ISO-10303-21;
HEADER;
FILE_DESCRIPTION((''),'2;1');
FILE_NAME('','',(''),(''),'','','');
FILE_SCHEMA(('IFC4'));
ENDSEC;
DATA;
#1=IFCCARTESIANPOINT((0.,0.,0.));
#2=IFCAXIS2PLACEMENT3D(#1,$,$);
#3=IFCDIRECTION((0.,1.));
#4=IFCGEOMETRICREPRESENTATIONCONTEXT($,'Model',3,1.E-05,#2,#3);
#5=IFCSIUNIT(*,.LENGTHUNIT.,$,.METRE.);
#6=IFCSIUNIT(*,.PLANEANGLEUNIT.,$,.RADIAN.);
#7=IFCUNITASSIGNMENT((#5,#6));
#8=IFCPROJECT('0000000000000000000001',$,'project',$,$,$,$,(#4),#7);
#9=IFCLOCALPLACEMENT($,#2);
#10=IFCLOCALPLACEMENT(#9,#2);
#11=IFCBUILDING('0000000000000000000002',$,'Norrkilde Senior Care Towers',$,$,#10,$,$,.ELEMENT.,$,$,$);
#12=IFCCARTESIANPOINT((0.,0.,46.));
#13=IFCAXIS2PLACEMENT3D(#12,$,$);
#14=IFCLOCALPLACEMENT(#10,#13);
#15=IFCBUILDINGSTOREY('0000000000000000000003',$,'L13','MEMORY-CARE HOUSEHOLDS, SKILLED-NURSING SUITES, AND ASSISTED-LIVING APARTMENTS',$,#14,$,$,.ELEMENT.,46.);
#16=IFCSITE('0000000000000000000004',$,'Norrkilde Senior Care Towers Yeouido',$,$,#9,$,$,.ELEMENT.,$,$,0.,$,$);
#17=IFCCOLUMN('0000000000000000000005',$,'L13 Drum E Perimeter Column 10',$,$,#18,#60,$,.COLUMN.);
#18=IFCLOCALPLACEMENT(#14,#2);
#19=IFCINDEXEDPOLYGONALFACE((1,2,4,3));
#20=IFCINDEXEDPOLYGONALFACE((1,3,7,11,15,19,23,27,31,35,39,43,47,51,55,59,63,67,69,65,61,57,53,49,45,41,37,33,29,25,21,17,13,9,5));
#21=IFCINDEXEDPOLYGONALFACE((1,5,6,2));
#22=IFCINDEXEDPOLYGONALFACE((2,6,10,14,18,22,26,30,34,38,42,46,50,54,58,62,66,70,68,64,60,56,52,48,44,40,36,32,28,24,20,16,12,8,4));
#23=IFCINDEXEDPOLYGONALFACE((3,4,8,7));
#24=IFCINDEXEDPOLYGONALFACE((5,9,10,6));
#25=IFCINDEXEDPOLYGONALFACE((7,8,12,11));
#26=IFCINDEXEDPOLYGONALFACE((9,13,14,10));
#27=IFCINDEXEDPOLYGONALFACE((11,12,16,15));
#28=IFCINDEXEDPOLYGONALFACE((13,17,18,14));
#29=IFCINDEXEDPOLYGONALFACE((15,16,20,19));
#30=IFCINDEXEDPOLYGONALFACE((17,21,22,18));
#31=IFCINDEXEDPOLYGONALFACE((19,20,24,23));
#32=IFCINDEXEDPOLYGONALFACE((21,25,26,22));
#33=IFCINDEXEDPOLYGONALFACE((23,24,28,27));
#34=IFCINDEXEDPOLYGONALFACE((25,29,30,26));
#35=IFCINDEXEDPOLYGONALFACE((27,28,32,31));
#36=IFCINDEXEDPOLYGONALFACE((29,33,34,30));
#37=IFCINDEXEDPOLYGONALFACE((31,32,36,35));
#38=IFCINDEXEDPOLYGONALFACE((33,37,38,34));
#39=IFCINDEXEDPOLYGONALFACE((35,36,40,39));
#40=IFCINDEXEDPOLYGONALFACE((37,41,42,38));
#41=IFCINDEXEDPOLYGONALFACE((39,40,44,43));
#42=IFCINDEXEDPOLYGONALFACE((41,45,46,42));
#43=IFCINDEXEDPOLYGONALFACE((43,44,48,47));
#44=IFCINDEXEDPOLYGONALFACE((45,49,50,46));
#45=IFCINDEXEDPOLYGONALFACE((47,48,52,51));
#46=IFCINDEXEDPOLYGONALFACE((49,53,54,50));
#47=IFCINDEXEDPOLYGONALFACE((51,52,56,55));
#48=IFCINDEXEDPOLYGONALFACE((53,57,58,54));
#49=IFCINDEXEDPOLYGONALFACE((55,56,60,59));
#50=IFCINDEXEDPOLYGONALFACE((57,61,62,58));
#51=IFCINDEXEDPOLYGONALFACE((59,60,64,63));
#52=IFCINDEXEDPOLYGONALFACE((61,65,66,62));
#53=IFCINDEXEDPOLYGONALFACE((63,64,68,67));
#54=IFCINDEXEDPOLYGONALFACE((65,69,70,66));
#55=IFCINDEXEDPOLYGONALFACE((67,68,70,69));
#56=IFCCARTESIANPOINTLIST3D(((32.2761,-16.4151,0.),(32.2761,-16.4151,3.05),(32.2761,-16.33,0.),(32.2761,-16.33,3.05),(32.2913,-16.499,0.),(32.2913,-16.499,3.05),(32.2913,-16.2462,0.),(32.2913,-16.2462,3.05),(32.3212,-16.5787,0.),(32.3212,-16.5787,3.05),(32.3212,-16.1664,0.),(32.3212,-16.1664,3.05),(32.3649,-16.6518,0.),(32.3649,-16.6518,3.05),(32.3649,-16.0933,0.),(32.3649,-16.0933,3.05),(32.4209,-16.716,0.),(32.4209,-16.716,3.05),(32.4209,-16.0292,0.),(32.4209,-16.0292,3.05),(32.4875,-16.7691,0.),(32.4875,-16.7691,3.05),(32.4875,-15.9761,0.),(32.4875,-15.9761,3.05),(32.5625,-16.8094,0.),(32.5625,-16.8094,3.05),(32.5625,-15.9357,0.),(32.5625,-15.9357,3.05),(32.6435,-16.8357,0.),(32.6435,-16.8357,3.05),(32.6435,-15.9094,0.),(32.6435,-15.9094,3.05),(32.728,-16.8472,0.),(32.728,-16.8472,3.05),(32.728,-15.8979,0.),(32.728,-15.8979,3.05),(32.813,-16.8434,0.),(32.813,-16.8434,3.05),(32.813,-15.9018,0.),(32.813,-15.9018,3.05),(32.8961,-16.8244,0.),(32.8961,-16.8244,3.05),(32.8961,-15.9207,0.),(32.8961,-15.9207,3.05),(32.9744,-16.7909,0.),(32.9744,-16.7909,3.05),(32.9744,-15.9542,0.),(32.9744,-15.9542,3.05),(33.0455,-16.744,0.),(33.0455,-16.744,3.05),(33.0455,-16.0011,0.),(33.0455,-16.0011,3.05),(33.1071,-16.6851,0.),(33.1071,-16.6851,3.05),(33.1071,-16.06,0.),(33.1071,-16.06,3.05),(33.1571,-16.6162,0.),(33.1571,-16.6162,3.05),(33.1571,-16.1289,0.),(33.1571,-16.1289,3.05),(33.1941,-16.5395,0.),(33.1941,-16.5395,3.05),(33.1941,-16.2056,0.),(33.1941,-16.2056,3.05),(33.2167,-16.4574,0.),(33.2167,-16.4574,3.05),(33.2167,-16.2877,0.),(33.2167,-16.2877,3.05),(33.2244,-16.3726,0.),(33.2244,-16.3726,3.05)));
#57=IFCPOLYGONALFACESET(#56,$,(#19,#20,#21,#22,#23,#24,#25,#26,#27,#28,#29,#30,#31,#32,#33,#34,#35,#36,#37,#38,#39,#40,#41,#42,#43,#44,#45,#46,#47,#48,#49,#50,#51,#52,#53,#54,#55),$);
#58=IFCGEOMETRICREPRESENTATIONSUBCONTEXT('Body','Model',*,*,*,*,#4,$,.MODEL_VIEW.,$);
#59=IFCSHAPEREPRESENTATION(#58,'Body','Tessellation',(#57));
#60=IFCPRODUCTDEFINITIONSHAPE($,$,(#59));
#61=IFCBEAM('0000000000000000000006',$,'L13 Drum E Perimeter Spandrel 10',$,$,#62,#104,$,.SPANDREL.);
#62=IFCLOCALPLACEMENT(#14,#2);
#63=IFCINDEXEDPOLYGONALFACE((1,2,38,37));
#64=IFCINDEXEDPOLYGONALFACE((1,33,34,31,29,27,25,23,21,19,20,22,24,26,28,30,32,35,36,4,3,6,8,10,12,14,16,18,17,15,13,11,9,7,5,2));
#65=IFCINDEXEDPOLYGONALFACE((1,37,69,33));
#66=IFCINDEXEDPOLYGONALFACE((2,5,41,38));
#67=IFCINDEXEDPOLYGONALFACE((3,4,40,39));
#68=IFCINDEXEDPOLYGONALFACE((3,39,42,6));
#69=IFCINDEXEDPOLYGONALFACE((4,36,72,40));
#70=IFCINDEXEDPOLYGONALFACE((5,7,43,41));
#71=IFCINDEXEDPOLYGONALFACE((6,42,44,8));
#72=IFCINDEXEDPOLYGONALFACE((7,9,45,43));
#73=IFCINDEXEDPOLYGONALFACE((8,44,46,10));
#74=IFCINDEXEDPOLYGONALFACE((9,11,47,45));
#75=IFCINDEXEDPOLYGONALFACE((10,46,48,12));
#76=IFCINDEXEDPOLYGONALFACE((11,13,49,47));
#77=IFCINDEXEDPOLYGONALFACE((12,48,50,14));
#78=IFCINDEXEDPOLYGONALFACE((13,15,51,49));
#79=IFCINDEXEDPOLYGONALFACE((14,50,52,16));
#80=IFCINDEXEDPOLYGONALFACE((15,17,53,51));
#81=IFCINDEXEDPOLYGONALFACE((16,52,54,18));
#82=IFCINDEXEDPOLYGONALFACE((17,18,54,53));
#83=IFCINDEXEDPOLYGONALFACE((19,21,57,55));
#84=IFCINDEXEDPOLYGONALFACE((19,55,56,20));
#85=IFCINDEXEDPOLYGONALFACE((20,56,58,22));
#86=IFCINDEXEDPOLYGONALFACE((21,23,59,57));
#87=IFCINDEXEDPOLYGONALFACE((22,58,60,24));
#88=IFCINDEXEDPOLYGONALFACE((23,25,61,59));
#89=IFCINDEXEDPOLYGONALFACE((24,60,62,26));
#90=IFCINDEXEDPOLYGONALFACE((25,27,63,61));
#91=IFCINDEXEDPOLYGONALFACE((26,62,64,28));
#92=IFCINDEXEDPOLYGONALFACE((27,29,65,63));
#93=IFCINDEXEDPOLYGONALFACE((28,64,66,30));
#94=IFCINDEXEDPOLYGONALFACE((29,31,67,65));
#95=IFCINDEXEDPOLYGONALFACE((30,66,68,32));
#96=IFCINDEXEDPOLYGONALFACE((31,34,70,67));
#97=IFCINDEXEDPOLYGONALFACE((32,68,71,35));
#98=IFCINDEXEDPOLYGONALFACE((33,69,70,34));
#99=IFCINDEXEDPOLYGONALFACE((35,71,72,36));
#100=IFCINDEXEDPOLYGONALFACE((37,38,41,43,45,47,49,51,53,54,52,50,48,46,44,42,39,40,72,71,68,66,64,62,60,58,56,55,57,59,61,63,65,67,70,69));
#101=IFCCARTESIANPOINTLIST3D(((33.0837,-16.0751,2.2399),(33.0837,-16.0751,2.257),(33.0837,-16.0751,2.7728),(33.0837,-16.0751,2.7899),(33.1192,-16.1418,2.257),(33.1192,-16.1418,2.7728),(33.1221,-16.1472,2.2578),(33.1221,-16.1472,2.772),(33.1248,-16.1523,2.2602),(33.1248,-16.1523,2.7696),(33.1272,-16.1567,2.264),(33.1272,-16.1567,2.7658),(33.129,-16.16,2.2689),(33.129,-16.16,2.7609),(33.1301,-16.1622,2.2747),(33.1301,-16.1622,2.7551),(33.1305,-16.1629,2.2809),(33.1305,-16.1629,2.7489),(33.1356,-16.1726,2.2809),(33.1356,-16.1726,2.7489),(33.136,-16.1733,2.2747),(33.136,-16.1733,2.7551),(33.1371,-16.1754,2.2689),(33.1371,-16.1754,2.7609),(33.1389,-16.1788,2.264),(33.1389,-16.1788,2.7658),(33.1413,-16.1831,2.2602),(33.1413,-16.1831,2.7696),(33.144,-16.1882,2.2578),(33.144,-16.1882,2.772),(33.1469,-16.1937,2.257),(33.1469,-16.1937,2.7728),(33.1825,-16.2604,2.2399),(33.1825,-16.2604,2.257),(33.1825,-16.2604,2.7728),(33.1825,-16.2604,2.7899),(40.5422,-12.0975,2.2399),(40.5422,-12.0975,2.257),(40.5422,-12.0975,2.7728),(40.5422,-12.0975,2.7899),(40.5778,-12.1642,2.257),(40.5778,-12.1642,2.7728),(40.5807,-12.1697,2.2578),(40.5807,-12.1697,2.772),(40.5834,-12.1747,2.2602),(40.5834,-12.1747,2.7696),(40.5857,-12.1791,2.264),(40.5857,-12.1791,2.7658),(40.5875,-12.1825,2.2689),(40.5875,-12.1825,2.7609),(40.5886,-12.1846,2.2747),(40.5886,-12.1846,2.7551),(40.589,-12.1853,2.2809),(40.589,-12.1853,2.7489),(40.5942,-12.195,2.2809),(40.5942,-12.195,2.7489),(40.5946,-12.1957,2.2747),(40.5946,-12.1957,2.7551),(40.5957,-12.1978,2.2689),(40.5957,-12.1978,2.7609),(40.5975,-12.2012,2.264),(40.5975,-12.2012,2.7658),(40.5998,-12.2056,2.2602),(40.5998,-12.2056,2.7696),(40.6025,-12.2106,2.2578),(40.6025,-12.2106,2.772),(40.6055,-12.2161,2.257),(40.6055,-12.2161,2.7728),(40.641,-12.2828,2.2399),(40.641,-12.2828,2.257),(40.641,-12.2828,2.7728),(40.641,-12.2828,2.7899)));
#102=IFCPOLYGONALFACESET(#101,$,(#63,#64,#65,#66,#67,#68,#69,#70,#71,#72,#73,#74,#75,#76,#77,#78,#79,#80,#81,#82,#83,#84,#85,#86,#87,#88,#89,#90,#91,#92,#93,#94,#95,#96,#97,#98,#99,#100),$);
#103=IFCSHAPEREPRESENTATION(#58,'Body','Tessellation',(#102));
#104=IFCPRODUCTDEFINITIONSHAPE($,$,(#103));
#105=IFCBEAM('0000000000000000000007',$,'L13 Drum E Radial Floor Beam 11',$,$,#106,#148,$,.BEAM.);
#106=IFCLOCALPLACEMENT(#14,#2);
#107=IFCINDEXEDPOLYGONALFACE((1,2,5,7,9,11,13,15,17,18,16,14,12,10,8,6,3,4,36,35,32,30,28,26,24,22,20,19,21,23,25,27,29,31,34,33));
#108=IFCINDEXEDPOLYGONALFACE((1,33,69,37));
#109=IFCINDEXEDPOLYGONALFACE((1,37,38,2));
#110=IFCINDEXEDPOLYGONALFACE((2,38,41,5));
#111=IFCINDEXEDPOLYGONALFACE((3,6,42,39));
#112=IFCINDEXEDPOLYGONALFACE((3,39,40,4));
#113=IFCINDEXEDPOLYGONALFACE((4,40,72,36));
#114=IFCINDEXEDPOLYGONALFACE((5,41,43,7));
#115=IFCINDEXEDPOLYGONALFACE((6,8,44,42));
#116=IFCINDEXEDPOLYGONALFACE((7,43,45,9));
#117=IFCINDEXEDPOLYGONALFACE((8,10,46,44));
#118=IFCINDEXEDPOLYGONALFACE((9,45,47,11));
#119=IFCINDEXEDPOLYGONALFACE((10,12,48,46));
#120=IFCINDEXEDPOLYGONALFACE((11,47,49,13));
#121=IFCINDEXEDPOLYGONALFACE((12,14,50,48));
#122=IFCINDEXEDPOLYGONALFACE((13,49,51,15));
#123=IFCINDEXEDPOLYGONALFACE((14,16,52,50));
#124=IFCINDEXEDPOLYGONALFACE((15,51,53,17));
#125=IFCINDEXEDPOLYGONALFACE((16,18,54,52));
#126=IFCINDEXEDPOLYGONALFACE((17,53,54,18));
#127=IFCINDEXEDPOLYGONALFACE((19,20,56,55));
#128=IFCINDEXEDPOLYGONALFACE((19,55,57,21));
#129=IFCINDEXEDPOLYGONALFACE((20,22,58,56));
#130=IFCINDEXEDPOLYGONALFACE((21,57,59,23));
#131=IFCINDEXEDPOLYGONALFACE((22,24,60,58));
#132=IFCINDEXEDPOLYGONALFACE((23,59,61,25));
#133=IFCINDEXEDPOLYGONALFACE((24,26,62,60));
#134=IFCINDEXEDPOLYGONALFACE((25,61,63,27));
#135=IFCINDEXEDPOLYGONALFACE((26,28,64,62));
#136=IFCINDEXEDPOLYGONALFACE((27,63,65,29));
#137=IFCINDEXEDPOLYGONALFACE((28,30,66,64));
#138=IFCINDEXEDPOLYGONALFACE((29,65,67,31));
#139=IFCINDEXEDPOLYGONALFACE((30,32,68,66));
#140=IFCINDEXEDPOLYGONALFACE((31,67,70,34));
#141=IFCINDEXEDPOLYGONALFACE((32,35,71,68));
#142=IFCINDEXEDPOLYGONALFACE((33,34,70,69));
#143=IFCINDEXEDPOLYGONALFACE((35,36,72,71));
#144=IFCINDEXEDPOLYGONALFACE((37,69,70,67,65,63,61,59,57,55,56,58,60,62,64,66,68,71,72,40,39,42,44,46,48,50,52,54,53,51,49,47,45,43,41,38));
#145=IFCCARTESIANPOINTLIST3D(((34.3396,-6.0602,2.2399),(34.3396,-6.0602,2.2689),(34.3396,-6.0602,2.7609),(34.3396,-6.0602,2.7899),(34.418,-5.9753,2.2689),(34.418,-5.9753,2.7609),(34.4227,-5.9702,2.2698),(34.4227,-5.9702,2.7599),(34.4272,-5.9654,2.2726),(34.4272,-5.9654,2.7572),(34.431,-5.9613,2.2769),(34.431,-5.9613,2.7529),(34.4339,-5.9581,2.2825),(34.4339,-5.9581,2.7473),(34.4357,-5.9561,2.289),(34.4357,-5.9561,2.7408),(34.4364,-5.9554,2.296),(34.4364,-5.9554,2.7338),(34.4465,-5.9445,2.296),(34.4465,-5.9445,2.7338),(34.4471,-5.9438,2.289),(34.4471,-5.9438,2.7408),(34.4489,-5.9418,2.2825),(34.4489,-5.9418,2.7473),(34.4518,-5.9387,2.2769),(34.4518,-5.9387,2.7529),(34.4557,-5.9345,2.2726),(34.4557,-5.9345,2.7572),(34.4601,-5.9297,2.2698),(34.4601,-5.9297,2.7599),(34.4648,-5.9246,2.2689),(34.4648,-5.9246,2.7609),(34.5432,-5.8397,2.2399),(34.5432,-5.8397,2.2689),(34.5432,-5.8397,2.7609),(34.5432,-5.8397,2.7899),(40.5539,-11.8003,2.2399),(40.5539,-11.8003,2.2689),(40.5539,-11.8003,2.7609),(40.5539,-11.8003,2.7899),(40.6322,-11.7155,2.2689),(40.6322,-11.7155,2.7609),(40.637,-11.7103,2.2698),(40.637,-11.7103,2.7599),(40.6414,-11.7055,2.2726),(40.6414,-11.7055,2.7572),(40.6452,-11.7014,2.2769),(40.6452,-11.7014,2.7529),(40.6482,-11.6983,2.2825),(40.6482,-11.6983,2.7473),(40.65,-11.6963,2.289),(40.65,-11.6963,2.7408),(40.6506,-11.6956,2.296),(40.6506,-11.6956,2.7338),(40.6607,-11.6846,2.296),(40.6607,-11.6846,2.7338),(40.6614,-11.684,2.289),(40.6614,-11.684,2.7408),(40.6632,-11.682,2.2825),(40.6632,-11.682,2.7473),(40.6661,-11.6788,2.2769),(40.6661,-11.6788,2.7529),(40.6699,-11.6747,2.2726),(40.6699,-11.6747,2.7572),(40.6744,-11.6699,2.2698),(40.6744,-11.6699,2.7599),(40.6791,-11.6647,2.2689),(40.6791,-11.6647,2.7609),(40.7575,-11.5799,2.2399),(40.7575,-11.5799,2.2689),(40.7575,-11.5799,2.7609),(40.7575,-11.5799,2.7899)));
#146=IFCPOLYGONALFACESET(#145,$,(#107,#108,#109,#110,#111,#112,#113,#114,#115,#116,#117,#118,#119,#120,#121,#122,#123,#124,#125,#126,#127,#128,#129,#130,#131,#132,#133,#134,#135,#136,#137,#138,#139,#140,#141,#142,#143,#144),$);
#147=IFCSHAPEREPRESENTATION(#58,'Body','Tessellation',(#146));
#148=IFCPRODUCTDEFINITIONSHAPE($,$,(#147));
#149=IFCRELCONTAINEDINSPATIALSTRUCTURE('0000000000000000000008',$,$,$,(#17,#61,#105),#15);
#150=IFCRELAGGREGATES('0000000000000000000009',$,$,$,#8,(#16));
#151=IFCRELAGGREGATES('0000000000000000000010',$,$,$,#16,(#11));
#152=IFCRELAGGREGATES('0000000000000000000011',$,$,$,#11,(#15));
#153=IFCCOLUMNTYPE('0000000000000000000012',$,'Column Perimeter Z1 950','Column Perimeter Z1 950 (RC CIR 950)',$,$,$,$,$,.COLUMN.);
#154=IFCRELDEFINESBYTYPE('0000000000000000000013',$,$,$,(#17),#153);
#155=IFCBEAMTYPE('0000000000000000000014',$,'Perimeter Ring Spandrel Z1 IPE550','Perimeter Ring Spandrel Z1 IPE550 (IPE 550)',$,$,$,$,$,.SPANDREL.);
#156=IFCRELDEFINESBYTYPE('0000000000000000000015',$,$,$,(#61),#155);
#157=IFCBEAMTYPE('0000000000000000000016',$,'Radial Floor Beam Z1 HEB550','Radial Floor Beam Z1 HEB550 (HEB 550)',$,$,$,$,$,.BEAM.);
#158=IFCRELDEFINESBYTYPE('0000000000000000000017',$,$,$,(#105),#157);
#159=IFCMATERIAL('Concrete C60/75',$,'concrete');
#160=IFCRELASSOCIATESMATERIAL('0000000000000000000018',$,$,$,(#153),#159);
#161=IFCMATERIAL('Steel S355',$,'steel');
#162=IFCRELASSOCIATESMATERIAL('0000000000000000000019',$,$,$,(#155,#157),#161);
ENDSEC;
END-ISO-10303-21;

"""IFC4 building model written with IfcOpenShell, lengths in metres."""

from ifc_helpers import new_model, si_unit, direction, frame, origin, origin_2d, place, context, subcontext, project, spatial, circle, i_section, extrude, source, transform, mapped, material, material_profile, profile_set, type_object, type_shapes, element, save


model = new_model("IFC4")

# Units and contexts
model_context = context("Model", 3, precision=1e-05, world=origin(), true_north=direction((0.0, 1.0)))
body_context = subcontext(model_context, "Body", "Model", "MODEL_VIEW")
ifc_project = project(units=[si_unit("LENGTHUNIT", "METRE"), si_unit("PLANEANGLEUNIT", "RADIAN")], contexts=[model_context])

# Site, building, storey
site_placement = place(None, origin())
site = spatial("IfcSite", under=ifc_project, at=site_placement, Name="Norrkilde Senior Care Towers Yeouido", CompositionType="ELEMENT", RefElevation=0.0)
building_placement = place(site_placement, origin())
building = spatial("IfcBuilding", under=site, at=building_placement, Name="Norrkilde Senior Care Towers", CompositionType="ELEMENT")
storey_placement = place(building_placement, frame((0.0, 0.0, 46.0)))
storey = spatial("IfcBuildingStorey", under=building, at=storey_placement, Name="L13", Description="MEMORY-CARE HOUSEHOLDS, SKILLED-NURSING SUITES, AND ASSISTED-LIVING APARTMENTS", CompositionType="ELEMENT", Elevation=46.0)

# Column
ifc_material_1 = material(Name="Concrete C60/75", Category="concrete")
ifc_material_profile_1 = material_profile(ifc_material_1, circle(Radius=0.4751, at=origin_2d()), Name="RC CIR 950")
ifc_profile_set_1 = profile_set([ifc_material_profile_1], Name="Concrete C60/75")
column_type = type_object("IfcColumnType", Name="Column Perimeter Z1 950", Description="Column Perimeter Z1 950 (RC CIR 950)", PredefinedType="COLUMN", material=ifc_profile_set_1)
shared_shape_1 = source(origin(), body_context, "Body", "SweptSolid", [
    extrude(circle(Radius=0.4751, at=origin_2d()), origin(), (0.0, 0.0, 1.0), 3.05),
])
type_shapes(column_type, [shared_shape_1])
column_placement = place(storey_placement, frame((32.7493, -16.3726, 0.0), z_axis=(0.0, 0.0, 1.0), x_axis=(1.0, 0.0, 0.0)))
element("IfcColumn", 1, at=column_placement, inside=storey, type_object=column_type, Name="L13 Drum E Perimeter Column 10", PredefinedType="COLUMN", context=body_context, shape_type="MappedRepresentation", body=[
    mapped(shared_shape_1, transform((0.0, 0.0, 0.0), x_axis=(1.0, 0.0, 0.0), y_axis=(0.0, 1.0, 0.0), z_axis=(0.0, 0.0, 1.0), scale=1.0)),
])

# Beams
ifc_material_2 = material(Name="Steel S355", Category="steel")
ifc_material_profile_2 = material_profile(ifc_material_2, i_section(OverallWidth=0.21, OverallDepth=0.55, WebThickness=0.011, FlangeThickness=0.0171, FilletRadius=0.0239, at=origin_2d()), Name="IPE 550")
ifc_profile_set_2 = profile_set([ifc_material_profile_2], Name="Steel S355")
beam_type_1 = type_object("IfcBeamType", Name="Perimeter Ring Spandrel Z1 IPE550", Description="Perimeter Ring Spandrel Z1 IPE550 (IPE 550)", PredefinedType="SPANDREL", material=ifc_profile_set_2)
shared_shape_2 = source(origin(), body_context, "Body", "SweptSolid", [
    extrude(i_section(OverallWidth=0.21, OverallDepth=0.55, WebThickness=0.011, FlangeThickness=0.0171, FilletRadius=0.0239, at=origin_2d()), origin(), (0.0, 0.0, 1.0), 8.4529),
])
type_shapes(beam_type_1, [shared_shape_2])
beam_1_placement = place(storey_placement, frame((33.1331, -16.1677, 2.5149), z_axis=(0.882369, 0.470558, 0.0), x_axis=(-0.470558, 0.882369, 0.0)))
element("IfcBeam", 2, at=beam_1_placement, inside=storey, type_object=beam_type_1, Name="L13 Drum E Perimeter Spandrel 10", PredefinedType="SPANDREL", context=body_context, shape_type="MappedRepresentation", body=[
    mapped(shared_shape_2, transform((0.0, 0.0, 0.0), x_axis=(1.0, 0.0, 0.0), y_axis=(0.0, 1.0, 0.0), z_axis=(0.0, 0.0, 1.0), scale=1.0)),
])
ifc_material_profile_3 = material_profile(ifc_material_2, i_section(OverallWidth=0.3, OverallDepth=0.55, WebThickness=0.0149, FlangeThickness=0.0291, FilletRadius=0.0271, at=origin_2d()), Name="HEB 550")
ifc_profile_set_3 = profile_set([ifc_material_profile_3], Name="Steel S355")
beam_type_2 = type_object("IfcBeamType", Name="Radial Floor Beam Z1 HEB550", Description="Radial Floor Beam Z1 HEB550 (HEB 550)", PredefinedType="BEAM", material=ifc_profile_set_3)
shared_shape_3 = source(origin(), body_context, "Body", "SweptSolid", [
    extrude(i_section(OverallWidth=0.3, OverallDepth=0.55, WebThickness=0.0149, FlangeThickness=0.0291, FilletRadius=0.0271, at=origin_2d()), origin(), (0.0, 0.0, 1.0), 8.4597),
])
beam_2_placement = place(storey_placement, frame((34.4414, -5.95, 2.5149), z_axis=(0.734573, -0.678529, 0.0), x_axis=(0.678529, 0.734573, 0.0)))
element("IfcBeam", 3, at=beam_2_placement, inside=storey, type_object=beam_type_2, Name="L13 Drum E Radial Floor Beam 11", PredefinedType="BEAM", context=body_context, shape_type="MappedRepresentation", body=[
    mapped(shared_shape_3, transform((0.0, 0.0, 0.0), x_axis=(1.0, 0.0, 0.0), y_axis=(0.0, 1.0, 0.0), z_axis=(0.0, 0.0, 1.0), scale=1.0)),
])

save(model, "model.ifc")
